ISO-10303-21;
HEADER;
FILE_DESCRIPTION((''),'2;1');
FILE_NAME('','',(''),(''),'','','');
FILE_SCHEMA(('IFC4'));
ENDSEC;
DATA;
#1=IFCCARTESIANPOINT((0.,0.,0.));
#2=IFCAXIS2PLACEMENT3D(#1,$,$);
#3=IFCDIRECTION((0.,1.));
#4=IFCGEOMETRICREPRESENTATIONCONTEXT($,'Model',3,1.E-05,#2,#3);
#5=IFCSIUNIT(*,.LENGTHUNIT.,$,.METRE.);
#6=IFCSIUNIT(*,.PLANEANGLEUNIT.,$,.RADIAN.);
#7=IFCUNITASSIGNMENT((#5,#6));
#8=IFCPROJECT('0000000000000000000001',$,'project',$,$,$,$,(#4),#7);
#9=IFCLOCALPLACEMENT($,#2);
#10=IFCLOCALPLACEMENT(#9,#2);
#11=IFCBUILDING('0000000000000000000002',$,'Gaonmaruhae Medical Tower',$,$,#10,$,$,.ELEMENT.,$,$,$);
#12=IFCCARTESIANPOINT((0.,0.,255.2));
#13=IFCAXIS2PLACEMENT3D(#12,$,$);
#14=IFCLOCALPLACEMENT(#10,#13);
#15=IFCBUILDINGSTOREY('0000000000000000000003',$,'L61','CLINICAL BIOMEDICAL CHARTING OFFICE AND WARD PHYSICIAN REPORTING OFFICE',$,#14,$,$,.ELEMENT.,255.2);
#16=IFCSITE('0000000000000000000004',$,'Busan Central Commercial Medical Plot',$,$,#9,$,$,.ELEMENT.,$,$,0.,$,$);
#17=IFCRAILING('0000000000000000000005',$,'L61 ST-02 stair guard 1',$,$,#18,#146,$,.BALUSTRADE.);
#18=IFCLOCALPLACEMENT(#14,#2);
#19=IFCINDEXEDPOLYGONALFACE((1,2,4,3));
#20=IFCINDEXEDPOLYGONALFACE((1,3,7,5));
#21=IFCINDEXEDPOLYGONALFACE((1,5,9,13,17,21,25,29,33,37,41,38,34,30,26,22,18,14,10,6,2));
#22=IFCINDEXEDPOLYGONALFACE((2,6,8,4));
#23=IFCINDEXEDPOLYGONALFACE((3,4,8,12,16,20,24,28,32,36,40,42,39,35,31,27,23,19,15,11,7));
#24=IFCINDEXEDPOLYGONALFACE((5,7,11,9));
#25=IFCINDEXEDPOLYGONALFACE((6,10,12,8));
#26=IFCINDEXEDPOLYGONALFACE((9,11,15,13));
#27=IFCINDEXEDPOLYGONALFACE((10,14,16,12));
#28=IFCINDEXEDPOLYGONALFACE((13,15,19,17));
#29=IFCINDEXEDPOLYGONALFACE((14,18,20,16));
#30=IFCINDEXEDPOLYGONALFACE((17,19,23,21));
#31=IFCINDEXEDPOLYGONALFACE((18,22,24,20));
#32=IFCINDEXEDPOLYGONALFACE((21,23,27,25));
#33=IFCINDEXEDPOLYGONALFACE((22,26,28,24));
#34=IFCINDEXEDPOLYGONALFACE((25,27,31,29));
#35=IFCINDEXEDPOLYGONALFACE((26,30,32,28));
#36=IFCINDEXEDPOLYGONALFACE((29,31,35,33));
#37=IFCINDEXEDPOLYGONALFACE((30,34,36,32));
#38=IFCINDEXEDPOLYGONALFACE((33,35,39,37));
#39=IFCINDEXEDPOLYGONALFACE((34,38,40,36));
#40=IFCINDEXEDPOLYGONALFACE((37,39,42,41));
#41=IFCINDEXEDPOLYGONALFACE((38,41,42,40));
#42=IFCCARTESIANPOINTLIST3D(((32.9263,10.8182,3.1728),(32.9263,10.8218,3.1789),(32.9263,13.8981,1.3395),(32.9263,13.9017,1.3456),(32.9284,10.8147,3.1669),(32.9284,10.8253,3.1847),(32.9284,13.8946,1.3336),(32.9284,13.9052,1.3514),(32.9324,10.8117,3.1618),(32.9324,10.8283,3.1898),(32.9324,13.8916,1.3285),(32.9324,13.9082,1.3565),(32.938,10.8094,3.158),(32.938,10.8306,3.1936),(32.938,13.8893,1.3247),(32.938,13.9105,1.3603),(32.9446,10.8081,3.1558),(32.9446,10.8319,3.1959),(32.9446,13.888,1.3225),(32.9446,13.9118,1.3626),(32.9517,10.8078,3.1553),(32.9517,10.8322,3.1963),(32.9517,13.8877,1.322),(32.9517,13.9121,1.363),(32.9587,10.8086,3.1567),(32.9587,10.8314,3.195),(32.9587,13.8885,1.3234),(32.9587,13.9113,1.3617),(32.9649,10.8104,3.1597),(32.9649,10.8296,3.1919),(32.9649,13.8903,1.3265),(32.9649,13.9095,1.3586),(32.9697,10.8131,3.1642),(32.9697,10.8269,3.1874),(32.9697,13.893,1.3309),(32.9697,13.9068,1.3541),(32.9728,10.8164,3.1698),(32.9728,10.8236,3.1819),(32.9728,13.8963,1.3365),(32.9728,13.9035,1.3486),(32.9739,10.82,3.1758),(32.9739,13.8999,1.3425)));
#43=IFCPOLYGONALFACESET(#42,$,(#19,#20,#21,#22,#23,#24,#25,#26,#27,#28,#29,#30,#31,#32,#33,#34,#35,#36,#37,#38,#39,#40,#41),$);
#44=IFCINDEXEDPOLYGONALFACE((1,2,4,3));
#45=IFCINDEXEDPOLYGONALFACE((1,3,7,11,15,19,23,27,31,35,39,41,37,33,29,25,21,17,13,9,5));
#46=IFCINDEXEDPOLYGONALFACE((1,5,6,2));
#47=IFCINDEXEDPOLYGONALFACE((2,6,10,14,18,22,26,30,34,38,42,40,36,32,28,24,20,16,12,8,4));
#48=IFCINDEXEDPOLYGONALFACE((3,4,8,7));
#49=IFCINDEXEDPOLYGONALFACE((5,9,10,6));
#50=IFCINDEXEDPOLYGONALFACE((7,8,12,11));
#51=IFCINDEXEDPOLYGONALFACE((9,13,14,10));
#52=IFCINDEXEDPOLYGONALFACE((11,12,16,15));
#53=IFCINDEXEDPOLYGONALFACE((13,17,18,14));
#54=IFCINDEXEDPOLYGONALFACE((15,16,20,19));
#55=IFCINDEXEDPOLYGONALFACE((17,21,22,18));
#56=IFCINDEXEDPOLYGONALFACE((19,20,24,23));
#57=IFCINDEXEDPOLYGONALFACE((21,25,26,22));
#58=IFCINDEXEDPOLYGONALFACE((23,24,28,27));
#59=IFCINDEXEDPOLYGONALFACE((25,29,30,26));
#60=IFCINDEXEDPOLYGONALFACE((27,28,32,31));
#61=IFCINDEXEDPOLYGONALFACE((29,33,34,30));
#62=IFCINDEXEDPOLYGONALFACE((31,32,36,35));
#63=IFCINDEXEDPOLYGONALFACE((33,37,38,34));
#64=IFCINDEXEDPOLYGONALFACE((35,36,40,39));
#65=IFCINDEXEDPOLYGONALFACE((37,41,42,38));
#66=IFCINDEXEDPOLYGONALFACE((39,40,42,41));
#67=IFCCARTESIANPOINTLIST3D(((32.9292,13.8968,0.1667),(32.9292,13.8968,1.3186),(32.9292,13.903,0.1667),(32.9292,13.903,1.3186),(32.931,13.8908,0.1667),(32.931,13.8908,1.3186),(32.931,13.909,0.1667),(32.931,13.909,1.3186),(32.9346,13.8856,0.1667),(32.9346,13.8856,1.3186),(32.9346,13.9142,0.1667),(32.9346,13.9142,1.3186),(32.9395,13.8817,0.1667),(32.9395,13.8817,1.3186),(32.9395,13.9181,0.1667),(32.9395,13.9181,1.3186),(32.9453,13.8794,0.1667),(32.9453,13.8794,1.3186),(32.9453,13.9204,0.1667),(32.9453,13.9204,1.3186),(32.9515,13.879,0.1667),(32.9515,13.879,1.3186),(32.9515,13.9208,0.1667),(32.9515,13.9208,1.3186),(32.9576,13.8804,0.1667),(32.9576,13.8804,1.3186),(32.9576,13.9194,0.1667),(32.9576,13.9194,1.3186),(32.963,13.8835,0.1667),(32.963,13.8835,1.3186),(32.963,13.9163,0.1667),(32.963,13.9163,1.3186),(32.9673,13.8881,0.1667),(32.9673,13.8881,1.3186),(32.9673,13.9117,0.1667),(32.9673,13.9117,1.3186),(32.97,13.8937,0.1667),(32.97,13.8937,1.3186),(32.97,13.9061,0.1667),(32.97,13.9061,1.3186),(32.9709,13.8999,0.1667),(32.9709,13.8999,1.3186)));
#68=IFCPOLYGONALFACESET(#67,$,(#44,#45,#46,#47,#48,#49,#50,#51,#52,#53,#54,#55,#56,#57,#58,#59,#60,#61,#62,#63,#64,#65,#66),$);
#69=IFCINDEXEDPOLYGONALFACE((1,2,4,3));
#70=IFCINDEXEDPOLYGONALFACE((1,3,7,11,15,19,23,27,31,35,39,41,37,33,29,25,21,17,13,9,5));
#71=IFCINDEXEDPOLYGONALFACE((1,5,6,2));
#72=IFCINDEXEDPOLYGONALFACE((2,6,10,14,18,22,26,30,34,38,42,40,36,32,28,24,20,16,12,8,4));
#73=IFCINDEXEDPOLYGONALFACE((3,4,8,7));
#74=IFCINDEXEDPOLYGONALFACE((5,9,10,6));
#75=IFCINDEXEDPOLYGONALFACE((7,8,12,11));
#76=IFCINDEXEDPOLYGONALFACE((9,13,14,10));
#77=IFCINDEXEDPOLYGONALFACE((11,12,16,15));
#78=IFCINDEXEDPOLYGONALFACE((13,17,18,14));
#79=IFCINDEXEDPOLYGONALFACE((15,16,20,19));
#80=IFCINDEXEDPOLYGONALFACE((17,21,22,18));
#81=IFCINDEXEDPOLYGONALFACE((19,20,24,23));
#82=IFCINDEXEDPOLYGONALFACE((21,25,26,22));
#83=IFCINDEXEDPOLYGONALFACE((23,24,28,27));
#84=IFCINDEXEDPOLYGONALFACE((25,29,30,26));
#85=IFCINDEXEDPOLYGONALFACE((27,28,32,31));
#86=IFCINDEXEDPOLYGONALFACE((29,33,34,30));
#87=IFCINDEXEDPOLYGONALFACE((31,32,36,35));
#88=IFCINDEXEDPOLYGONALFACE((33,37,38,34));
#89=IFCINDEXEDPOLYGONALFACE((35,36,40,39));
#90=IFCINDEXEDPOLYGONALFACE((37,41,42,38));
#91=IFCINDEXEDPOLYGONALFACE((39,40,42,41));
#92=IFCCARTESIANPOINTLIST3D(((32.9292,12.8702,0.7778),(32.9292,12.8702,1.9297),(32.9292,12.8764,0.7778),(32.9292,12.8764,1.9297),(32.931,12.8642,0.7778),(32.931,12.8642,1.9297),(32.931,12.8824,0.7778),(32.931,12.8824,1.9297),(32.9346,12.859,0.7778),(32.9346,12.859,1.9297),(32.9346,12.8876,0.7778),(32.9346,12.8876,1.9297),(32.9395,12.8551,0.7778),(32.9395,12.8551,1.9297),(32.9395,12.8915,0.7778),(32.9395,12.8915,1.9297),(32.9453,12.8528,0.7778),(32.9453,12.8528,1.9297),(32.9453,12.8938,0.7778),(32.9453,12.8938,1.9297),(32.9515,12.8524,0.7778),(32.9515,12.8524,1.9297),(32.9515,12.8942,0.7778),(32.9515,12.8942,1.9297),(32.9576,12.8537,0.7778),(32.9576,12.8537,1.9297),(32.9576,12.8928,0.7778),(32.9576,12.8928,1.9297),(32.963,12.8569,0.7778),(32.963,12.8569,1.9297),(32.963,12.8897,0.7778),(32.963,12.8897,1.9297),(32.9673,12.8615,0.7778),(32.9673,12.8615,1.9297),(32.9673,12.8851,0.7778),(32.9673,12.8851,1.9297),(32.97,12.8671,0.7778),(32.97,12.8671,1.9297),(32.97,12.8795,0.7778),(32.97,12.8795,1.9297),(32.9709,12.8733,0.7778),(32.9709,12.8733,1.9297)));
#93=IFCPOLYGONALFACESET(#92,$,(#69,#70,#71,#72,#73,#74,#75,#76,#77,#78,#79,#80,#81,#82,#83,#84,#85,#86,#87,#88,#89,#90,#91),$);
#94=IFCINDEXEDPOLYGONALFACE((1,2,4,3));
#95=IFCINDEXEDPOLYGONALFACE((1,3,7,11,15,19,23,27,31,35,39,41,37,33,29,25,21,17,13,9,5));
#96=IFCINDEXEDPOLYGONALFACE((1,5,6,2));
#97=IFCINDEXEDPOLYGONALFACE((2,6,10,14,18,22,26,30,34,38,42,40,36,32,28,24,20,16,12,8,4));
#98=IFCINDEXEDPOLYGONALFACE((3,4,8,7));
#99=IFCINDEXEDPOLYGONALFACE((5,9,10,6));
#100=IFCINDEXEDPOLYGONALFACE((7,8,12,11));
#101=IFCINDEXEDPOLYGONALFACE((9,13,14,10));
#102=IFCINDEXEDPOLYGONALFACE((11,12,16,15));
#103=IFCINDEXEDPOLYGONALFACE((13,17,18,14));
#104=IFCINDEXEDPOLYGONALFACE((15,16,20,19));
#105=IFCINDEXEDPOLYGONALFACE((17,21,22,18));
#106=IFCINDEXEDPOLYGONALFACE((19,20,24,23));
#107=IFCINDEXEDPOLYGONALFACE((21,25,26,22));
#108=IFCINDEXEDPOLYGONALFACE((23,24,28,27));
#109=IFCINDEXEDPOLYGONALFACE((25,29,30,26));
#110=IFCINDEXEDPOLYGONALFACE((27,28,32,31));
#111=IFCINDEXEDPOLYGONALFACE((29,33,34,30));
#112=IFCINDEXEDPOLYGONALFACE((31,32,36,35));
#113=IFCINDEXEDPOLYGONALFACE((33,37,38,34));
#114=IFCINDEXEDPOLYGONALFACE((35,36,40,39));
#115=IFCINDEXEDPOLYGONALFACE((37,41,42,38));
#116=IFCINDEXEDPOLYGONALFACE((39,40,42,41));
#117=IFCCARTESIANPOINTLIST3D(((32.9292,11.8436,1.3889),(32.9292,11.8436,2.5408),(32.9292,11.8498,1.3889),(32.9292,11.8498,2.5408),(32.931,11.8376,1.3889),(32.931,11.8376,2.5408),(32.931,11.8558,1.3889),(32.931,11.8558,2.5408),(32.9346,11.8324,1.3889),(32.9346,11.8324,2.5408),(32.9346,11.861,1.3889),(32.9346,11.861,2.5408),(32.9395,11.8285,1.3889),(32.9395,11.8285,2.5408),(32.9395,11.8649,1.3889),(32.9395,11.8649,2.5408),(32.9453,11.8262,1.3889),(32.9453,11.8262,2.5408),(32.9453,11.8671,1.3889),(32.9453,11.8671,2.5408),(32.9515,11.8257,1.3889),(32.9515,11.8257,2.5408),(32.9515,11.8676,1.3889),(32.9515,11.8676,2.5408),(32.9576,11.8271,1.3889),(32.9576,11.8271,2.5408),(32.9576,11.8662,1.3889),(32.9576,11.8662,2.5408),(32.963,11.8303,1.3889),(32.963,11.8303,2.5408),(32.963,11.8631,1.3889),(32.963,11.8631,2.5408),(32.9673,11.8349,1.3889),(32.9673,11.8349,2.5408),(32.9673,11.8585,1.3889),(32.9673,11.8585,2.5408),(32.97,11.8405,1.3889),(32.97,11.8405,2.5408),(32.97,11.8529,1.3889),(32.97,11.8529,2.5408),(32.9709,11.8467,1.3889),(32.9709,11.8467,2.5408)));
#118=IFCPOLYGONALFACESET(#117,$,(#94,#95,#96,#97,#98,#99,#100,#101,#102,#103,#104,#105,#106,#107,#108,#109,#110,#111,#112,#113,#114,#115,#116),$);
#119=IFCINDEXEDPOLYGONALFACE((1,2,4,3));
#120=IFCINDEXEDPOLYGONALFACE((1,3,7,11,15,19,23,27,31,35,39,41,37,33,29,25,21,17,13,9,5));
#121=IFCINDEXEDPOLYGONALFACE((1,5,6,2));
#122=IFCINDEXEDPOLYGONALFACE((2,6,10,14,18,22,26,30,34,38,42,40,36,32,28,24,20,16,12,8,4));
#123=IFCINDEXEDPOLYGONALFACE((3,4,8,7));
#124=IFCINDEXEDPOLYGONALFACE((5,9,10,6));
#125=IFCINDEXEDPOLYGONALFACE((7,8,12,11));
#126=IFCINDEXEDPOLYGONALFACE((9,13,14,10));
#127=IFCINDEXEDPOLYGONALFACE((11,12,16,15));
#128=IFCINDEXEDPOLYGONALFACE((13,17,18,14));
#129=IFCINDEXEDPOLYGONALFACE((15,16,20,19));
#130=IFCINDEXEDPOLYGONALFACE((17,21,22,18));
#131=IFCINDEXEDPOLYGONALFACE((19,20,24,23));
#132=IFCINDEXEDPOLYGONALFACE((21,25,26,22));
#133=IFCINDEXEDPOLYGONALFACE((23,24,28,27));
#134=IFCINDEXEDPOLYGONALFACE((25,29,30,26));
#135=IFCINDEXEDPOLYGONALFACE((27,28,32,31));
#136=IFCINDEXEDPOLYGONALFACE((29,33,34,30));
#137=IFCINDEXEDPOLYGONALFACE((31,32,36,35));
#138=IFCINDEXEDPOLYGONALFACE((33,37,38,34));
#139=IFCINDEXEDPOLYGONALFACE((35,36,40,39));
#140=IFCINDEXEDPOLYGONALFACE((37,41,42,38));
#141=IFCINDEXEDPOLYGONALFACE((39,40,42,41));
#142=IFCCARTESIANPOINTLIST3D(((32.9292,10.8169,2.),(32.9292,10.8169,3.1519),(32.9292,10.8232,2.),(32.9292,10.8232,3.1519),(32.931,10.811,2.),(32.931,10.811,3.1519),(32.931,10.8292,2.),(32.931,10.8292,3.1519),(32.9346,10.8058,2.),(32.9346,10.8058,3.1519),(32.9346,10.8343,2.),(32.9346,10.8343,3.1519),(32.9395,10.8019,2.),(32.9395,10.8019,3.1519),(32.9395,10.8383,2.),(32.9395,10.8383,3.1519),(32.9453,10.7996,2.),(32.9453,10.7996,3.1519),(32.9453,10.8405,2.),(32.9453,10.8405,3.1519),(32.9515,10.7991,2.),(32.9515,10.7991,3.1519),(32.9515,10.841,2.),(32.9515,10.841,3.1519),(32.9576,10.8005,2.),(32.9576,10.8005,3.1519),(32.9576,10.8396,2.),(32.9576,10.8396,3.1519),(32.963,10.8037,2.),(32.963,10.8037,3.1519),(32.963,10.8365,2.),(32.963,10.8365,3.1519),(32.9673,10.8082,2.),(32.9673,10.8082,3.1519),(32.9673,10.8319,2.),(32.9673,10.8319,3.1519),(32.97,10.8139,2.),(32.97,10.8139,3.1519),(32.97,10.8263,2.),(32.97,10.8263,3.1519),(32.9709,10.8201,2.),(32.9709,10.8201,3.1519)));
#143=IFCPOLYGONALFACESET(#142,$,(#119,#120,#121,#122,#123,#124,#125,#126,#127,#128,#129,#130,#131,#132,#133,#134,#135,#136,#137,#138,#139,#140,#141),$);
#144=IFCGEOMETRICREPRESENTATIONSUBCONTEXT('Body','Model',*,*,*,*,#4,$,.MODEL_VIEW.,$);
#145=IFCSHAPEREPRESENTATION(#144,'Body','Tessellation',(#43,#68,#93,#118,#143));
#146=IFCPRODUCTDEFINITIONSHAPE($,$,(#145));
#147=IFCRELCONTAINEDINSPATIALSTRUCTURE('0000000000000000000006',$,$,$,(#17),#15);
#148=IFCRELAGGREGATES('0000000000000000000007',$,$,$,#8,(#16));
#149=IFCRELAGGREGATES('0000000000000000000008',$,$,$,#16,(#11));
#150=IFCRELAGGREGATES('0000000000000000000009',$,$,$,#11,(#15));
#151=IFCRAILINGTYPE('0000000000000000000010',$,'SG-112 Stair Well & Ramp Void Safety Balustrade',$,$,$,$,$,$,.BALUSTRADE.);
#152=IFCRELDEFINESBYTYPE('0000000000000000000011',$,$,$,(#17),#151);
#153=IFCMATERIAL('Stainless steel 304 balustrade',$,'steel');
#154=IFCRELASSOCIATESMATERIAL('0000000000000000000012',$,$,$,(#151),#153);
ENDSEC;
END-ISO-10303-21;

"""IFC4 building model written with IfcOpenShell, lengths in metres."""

from ifc_helpers import new_model, si_unit, direction, frame, origin, origin_2d, place, context, subcontext, project, spatial, circle, extrude, material, type_object, element, save


model = new_model("IFC4")

# Units and contexts
model_context = context("Model", 3, precision=1e-05, world=origin(), true_north=direction((0.0, 1.0)))
body_context = subcontext(model_context, "Body", "Model", "MODEL_VIEW")
ifc_project = project(units=[si_unit("LENGTHUNIT", "METRE"), si_unit("PLANEANGLEUNIT", "RADIAN")], contexts=[model_context])

# Site, building, storey
site_placement = place(None, origin())
site = spatial("IfcSite", under=ifc_project, at=site_placement, Name="Busan Central Commercial Medical Plot", CompositionType="ELEMENT", RefElevation=0.0)
building_placement = place(site_placement, origin())
building = spatial("IfcBuilding", under=site, at=building_placement, Name="Gaonmaruhae Medical Tower", CompositionType="ELEMENT")
storey_placement = place(building_placement, frame((0.0, 0.0, 255.2)))
storey = spatial("IfcBuildingStorey", under=building, at=storey_placement, Name="L61", Description="CLINICAL BIOMEDICAL CHARTING OFFICE AND WARD PHYSICIAN REPORTING OFFICE", CompositionType="ELEMENT", Elevation=255.2)

# Railing
ifc_material_1 = material(Name="Stainless steel 304 balustrade", Category="steel")
railing_type_1 = type_object("IfcRailingType", Name="SG-112 Stair Well & Ramp Void Safety Balustrade", PredefinedType="BALUSTRADE", material=ifc_material_1)
railing_1_placement = place(storey_placement, frame((32.95, 13.8999, 0.1667)))
element("IfcRailing", 1, at=railing_1_placement, inside=storey, type_object=railing_type_1, Name="L61 ST-02 stair guard 1", PredefinedType="BALUSTRADE", context=body_context, shape_type="SweptSolid", body=[
    extrude(circle(Radius=0.0239, at=origin_2d()), frame((0.0, 0.0, 1.1758), z_axis=(0.0, -0.859291, 0.511487), x_axis=(1.0, 0.0, 0.0)), (0.0, 0.0, 1.0), 3.5842),
    extrude(circle(Radius=0.021, at=origin_2d()), origin(), (0.0, 0.0, 1.0), 1.1519),
    extrude(circle(Radius=0.021, at=origin_2d()), frame((0.0, -1.0266, 0.6111)), (0.0, 0.0, 1.0), 1.1519),
    extrude(circle(Radius=0.021, at=origin_2d()), frame((0.0, -2.0532, 1.2222)), (0.0, 0.0, 1.0), 1.1519),
    extrude(circle(Radius=0.021, at=origin_2d()), frame((0.0, -3.0798, 1.8333)), (0.0, 0.0, 1.0), 1.1519),
])

save(model, "model.ifc")
